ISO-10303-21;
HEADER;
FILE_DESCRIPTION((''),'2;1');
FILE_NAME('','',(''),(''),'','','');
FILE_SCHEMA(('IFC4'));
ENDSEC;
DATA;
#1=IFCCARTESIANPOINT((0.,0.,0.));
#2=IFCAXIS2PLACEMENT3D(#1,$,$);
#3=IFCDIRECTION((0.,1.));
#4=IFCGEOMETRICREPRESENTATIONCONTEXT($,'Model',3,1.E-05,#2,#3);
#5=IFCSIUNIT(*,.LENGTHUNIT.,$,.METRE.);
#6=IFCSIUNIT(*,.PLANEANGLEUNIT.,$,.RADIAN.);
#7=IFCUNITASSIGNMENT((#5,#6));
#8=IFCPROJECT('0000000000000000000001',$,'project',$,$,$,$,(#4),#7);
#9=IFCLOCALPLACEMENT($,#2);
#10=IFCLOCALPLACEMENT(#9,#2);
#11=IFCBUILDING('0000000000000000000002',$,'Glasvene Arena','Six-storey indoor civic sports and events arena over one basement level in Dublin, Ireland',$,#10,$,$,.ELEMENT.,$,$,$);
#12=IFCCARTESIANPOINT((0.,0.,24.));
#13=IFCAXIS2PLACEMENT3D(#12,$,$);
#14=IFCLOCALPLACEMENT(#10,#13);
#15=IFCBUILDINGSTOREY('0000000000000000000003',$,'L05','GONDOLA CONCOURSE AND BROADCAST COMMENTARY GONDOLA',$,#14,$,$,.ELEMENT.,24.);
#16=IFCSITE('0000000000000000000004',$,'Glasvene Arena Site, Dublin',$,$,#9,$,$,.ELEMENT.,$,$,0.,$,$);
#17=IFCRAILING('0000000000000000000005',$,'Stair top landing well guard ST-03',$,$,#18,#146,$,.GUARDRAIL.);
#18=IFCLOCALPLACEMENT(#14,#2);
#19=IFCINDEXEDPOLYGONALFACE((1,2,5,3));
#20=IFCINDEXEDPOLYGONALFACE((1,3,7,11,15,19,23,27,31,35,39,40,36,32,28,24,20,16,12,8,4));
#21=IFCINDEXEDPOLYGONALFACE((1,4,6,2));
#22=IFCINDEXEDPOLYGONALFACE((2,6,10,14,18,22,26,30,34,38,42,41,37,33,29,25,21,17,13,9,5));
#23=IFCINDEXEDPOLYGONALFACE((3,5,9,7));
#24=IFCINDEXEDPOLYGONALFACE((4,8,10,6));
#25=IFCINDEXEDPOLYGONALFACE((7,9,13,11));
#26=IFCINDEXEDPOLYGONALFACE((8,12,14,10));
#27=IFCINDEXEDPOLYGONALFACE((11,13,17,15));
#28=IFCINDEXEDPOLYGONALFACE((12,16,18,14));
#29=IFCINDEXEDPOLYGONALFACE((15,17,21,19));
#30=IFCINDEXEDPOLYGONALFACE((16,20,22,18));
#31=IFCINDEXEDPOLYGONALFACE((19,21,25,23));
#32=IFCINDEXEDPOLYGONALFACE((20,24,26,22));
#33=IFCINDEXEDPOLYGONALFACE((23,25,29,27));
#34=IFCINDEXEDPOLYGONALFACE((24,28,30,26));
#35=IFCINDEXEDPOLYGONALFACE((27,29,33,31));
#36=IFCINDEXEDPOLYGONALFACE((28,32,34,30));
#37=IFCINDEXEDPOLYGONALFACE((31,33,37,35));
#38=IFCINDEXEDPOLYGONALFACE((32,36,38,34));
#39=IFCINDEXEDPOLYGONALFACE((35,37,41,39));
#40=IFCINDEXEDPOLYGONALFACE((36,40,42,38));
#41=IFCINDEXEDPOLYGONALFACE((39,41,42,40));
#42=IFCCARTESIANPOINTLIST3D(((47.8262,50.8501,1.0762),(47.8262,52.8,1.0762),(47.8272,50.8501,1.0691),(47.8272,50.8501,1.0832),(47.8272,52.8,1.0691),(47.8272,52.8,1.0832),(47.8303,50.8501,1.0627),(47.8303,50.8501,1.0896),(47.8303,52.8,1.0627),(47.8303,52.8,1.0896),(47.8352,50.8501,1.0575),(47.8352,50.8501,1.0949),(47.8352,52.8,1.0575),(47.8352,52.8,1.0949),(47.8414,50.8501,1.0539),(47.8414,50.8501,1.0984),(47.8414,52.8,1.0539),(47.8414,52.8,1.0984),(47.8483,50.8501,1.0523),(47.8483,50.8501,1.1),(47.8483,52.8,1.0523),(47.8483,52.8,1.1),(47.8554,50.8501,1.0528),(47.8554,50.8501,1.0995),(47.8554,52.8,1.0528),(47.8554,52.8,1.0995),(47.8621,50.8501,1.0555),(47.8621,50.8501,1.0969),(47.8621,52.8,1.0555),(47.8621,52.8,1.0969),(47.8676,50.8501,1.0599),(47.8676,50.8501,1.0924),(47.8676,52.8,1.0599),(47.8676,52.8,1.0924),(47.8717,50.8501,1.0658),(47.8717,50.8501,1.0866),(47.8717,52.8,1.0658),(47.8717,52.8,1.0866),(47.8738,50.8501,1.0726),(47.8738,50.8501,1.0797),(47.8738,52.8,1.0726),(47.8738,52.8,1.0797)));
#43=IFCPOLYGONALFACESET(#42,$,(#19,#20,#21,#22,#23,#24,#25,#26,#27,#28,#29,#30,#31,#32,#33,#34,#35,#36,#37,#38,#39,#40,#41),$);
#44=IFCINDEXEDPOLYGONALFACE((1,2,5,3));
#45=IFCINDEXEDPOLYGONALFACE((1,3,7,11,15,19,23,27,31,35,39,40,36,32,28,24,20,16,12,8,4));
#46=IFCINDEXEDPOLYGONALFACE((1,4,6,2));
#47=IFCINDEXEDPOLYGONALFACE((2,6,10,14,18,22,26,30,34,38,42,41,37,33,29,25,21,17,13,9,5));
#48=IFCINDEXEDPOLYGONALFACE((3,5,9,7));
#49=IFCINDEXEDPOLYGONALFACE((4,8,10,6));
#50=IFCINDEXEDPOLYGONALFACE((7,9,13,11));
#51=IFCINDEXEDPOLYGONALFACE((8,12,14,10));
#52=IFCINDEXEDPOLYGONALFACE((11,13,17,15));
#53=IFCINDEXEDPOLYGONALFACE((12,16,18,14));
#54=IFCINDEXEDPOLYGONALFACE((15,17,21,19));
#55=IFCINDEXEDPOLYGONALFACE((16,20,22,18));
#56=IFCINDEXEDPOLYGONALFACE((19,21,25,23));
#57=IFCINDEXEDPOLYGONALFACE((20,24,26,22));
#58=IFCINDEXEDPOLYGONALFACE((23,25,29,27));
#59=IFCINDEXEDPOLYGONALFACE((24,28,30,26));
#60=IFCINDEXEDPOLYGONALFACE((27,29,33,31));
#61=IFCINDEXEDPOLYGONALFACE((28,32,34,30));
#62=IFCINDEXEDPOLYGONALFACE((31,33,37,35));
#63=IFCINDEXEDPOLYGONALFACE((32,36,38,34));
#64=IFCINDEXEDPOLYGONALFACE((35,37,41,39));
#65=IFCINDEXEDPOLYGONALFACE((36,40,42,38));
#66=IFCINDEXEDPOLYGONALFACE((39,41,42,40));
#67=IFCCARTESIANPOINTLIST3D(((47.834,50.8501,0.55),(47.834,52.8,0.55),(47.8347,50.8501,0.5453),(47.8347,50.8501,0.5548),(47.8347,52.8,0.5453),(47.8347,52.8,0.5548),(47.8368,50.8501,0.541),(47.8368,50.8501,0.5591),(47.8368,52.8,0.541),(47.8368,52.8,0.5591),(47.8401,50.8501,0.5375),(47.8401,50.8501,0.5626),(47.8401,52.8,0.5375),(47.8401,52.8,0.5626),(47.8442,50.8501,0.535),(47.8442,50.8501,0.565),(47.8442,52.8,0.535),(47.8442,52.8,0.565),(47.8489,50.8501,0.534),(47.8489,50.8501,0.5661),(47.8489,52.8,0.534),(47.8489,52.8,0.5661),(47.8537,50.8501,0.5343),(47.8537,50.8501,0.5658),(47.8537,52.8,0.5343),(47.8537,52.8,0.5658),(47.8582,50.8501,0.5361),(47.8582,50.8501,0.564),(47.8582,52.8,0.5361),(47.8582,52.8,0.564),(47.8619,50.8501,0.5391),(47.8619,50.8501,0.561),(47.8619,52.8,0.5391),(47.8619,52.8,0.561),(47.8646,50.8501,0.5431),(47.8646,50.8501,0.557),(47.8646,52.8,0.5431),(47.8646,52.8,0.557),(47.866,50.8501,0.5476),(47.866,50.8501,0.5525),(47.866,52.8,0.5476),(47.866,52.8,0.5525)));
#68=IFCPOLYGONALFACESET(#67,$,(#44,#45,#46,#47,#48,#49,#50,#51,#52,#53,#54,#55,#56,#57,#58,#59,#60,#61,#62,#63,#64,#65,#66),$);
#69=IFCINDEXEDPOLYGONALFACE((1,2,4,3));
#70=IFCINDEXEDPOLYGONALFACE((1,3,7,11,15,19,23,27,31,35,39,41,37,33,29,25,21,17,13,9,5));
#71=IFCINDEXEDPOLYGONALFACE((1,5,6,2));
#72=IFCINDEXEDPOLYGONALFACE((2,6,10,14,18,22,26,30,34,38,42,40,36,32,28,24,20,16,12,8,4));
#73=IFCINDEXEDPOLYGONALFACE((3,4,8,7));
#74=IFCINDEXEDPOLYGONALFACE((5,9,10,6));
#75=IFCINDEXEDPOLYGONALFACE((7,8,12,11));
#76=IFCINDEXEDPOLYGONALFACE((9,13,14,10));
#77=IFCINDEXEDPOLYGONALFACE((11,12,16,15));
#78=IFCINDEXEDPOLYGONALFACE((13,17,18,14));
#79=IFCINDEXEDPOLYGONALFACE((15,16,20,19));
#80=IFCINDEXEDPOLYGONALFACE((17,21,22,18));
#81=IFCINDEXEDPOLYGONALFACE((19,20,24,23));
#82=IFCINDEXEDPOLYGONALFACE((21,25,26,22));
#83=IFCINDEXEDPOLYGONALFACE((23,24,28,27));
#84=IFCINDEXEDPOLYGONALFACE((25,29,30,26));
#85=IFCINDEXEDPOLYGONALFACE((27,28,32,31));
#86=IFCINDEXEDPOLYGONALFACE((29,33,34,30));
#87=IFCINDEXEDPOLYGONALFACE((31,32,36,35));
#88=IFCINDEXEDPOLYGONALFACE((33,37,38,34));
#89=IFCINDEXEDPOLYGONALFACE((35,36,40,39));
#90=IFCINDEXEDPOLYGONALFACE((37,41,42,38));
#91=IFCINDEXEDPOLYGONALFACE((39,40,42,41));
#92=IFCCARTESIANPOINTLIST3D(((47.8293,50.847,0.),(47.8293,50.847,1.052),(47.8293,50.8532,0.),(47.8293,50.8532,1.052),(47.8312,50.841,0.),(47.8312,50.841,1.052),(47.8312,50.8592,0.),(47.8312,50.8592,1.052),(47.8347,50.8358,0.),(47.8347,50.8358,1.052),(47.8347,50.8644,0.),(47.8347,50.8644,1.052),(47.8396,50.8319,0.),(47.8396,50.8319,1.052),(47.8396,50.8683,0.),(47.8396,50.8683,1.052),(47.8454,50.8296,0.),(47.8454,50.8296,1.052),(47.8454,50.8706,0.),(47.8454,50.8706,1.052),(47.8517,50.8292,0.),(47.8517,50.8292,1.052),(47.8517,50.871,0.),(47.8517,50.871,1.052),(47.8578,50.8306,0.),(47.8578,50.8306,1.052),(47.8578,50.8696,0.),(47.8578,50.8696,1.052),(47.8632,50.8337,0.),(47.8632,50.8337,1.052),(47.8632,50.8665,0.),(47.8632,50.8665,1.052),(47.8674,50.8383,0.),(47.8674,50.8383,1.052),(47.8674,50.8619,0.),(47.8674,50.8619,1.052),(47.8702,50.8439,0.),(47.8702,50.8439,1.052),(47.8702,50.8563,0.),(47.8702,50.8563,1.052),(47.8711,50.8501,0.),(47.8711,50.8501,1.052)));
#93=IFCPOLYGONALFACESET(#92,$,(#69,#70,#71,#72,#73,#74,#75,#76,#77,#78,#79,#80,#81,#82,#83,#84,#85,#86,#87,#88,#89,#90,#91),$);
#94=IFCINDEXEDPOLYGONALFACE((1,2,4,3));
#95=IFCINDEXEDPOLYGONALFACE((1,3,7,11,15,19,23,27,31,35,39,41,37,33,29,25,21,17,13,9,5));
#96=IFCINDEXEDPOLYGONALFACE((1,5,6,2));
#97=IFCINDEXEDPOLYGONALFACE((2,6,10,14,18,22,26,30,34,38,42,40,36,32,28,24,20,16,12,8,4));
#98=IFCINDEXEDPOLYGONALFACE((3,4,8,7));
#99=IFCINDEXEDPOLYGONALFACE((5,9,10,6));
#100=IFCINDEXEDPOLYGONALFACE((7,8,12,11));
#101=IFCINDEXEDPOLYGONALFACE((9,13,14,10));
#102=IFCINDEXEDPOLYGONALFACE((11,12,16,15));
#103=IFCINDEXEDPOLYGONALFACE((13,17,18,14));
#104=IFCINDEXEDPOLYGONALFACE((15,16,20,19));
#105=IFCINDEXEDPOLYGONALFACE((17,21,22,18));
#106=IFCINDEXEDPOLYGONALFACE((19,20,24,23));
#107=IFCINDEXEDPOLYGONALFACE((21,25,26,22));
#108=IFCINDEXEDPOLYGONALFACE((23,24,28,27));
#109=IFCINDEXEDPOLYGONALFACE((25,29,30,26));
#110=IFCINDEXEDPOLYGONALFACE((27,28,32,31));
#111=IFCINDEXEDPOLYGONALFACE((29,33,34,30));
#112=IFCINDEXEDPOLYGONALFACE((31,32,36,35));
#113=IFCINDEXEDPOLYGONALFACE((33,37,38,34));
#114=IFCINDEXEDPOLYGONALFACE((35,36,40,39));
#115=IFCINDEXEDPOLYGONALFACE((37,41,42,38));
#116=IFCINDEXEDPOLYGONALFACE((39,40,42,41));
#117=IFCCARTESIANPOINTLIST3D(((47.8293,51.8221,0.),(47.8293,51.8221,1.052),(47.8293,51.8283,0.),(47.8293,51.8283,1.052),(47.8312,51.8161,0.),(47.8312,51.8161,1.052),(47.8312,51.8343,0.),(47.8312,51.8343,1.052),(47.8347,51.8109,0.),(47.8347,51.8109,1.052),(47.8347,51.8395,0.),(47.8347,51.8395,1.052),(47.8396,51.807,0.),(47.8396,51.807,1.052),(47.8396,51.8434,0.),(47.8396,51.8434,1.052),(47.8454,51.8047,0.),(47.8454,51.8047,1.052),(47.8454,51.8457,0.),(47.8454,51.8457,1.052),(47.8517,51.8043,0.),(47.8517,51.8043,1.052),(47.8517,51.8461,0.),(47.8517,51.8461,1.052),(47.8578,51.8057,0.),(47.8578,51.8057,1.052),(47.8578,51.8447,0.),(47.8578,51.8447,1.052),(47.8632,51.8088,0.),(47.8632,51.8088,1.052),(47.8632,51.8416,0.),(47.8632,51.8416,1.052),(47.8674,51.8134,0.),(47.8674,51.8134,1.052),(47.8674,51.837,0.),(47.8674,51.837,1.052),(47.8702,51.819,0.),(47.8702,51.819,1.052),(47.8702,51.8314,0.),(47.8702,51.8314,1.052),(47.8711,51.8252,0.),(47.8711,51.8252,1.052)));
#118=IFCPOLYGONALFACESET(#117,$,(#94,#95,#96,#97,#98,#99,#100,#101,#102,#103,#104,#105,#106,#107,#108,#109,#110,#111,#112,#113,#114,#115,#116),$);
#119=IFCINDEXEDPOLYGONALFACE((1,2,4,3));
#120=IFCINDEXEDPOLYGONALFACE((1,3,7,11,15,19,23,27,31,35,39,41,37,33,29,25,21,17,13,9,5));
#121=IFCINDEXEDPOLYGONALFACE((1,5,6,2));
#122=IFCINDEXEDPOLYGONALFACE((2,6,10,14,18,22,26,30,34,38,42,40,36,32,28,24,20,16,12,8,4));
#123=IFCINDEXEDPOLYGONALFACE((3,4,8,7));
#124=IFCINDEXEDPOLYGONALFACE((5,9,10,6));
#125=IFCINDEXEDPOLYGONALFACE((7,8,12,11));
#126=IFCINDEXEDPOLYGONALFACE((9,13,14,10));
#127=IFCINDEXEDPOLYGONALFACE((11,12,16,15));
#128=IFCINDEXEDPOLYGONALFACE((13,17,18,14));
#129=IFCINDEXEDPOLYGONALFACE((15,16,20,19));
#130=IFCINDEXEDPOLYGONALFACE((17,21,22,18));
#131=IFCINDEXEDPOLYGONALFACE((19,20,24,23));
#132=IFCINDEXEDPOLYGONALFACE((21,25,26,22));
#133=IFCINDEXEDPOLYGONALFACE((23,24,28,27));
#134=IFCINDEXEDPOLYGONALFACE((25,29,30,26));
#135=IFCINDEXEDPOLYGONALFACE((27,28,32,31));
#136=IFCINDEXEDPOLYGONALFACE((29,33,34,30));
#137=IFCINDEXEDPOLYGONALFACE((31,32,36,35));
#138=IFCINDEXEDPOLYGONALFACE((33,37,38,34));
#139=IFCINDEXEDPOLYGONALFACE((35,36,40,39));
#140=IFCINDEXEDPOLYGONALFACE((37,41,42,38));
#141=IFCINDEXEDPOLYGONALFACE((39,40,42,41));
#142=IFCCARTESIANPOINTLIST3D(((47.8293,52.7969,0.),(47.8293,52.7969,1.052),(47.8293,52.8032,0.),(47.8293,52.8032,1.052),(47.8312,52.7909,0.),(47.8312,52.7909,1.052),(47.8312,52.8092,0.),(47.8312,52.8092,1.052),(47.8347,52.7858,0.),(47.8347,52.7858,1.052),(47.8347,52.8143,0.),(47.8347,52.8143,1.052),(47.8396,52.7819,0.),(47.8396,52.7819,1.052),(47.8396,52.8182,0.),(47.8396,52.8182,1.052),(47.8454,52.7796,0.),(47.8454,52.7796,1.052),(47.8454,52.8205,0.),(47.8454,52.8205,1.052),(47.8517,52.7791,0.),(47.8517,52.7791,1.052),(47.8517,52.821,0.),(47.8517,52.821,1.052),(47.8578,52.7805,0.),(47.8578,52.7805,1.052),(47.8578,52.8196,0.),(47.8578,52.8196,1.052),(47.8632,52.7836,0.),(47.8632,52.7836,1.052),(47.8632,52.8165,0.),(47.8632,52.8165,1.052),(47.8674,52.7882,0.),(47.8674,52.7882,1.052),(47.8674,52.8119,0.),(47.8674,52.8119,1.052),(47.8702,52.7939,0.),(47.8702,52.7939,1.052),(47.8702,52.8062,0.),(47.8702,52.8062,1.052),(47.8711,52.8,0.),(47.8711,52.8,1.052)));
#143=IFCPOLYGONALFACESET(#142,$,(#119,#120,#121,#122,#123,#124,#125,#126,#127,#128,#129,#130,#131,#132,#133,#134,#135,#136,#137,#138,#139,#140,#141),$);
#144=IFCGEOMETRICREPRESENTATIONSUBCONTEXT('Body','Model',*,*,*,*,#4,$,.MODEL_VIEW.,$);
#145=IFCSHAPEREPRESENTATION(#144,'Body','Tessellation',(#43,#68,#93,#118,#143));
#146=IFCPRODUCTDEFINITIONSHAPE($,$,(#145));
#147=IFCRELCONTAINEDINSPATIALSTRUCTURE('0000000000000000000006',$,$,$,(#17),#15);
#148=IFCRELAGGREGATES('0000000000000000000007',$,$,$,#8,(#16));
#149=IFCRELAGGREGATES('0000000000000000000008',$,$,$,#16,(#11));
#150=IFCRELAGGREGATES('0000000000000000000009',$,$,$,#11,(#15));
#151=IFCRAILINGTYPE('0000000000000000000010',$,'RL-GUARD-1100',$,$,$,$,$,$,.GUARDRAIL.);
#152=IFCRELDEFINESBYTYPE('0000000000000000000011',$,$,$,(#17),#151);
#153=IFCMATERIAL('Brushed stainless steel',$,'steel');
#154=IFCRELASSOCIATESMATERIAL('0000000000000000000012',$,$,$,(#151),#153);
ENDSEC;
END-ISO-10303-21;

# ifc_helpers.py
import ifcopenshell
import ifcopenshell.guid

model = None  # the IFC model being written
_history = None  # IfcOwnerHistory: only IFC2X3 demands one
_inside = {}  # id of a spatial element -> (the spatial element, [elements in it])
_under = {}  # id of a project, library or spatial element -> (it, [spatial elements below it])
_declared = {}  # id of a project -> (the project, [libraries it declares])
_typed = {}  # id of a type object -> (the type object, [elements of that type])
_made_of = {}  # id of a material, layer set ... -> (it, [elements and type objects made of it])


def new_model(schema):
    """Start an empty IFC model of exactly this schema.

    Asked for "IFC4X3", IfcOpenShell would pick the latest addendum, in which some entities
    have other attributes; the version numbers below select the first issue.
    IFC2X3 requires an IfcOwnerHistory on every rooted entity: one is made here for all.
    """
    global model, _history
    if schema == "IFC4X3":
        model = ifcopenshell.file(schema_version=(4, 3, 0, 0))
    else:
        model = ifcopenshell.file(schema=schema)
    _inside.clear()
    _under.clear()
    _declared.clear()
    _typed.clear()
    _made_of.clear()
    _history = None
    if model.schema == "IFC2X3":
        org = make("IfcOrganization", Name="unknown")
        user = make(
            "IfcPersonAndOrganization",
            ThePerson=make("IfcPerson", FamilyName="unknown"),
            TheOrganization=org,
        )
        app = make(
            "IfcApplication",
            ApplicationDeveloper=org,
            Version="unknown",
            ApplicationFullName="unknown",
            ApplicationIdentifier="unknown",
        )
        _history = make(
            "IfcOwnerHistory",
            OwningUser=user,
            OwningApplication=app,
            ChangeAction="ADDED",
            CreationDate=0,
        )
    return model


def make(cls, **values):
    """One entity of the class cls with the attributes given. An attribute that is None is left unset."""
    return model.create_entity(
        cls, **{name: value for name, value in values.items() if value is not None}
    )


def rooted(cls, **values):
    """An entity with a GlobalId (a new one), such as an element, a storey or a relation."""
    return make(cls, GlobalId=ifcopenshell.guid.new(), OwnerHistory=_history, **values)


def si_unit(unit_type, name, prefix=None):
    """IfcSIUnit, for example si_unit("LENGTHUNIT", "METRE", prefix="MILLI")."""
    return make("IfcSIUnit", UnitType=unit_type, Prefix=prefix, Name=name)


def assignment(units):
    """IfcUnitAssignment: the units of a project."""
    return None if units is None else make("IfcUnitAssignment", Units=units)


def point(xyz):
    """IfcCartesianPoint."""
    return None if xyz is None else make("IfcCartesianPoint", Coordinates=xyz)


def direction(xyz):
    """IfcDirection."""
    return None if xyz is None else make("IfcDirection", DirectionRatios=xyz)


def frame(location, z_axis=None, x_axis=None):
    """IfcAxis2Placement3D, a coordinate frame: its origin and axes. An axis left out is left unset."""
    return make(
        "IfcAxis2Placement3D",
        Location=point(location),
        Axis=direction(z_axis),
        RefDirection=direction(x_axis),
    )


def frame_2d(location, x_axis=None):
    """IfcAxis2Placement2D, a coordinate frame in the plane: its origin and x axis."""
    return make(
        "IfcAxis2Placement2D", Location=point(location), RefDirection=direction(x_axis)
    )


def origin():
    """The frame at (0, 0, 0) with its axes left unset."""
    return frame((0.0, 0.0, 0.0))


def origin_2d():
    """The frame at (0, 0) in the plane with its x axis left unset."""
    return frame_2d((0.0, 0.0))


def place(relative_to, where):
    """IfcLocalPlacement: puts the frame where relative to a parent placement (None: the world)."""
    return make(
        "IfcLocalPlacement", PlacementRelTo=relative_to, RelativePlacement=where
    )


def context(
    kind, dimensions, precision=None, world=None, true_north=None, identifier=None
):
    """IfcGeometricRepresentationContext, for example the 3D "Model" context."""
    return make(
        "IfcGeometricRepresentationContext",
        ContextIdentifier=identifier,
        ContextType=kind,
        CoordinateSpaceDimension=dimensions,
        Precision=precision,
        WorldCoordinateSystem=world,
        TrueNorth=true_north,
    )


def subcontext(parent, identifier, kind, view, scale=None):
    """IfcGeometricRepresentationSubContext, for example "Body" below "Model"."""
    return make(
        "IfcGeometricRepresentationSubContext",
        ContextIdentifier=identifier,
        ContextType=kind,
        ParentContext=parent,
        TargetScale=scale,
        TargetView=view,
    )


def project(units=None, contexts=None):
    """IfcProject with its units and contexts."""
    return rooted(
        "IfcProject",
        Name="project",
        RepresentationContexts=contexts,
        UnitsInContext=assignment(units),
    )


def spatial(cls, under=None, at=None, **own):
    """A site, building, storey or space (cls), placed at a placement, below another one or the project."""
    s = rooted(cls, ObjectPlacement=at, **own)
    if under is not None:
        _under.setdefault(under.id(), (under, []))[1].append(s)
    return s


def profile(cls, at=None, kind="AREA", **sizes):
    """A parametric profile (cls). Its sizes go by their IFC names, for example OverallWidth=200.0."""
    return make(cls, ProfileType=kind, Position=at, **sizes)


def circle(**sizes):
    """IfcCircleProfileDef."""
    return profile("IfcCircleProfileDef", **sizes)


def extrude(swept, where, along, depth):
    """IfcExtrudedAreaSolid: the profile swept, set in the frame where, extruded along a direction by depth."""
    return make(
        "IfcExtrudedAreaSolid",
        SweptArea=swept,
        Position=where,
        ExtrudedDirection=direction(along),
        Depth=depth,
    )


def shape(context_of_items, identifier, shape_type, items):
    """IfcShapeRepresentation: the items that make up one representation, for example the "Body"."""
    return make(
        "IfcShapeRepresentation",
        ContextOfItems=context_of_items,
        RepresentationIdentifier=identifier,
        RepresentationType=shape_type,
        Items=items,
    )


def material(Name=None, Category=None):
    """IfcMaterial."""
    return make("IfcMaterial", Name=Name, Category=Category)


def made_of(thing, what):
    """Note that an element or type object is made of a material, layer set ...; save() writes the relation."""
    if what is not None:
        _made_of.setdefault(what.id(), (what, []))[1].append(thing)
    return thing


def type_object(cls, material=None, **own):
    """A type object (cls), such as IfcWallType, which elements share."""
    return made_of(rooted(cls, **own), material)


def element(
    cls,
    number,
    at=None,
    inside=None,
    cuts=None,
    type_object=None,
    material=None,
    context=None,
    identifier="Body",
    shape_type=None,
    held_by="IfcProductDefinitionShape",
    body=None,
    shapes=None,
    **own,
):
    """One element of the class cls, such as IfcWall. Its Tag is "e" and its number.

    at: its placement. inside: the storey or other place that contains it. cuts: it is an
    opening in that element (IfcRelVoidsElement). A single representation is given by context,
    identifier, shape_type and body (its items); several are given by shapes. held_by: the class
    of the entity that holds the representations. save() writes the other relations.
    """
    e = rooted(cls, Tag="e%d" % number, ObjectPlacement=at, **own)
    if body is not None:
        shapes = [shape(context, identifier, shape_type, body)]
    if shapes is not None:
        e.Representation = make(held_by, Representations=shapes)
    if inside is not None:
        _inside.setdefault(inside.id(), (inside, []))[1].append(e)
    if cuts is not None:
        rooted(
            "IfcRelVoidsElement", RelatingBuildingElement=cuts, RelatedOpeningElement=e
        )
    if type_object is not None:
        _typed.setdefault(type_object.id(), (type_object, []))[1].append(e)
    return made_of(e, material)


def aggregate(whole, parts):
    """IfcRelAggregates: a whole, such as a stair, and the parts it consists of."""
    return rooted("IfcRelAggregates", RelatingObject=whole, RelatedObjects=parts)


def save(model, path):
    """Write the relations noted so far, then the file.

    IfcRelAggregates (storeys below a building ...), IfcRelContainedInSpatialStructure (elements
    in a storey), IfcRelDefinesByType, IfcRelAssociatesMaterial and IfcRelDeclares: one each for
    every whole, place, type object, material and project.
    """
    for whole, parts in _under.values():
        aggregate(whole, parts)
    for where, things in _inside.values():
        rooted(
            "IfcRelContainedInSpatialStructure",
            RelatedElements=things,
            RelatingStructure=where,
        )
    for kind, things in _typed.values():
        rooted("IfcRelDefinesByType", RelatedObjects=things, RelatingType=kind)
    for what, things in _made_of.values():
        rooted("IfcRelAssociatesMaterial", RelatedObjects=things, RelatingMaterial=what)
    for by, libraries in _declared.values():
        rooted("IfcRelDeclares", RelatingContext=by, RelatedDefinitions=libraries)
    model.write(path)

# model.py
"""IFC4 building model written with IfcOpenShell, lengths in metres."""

from ifc_helpers import new_model, si_unit, direction, frame, origin, origin_2d, place, context, subcontext, project, spatial, circle, extrude, material, type_object, element, save


model = new_model("IFC4")

# Units and contexts
model_context = context("Model", 3, precision=1e-05, world=origin(), true_north=direction((0.0, 1.0)))
body_context = subcontext(model_context, "Body", "Model", "MODEL_VIEW")
ifc_project = project(units=[si_unit("LENGTHUNIT", "METRE"), si_unit("PLANEANGLEUNIT", "RADIAN")], contexts=[model_context])

# Site, building, storey
site_placement = place(None, origin())
site = spatial("IfcSite", under=ifc_project, at=site_placement, Name="Glasvene Arena Site, Dublin", CompositionType="ELEMENT", RefElevation=0.0)
building_placement = place(site_placement, origin())
building = spatial("IfcBuilding", under=site, at=building_placement, Name="Glasvene Arena", Description="Six-storey indoor civic sports and events arena over one basement level in Dublin, Ireland", CompositionType="ELEMENT")
storey_placement = place(building_placement, frame((0.0, 0.0, 24.0)))
storey = spatial("IfcBuildingStorey", under=building, at=storey_placement, Name="L05", Description="GONDOLA CONCOURSE AND BROADCAST COMMENTARY GONDOLA", CompositionType="ELEMENT", Elevation=24.0)

# Shared definitions
ifc_material_1 = material(Name="Brushed stainless steel", Category="steel")

# Railing
railing_type = type_object("IfcRailingType", Name="RL-GUARD-1100", PredefinedType="GUARDRAIL", material=ifc_material_1)
railing_placement = place(storey_placement, frame((47.8501, 50.8501, 0.0)))
element("IfcRailing", 1, at=railing_placement, inside=storey, type_object=railing_type, Name="Stair top landing well guard ST-03", PredefinedType="GUARDRAIL", context=body_context, shape_type="SweptSolid", body=[
    extrude(circle(Radius=0.0239, at=origin_2d()), frame((0.0, 0.0, 1.0762), z_axis=(0.0, 1.0, 0.0), x_axis=(-1.0, 0.0, 0.0)), (0.0, 0.0, 1.0), 1.95),
    extrude(circle(Radius=0.0161, at=origin_2d()), frame((0.0, 0.0, 0.55), z_axis=(0.0, 1.0, 0.0), x_axis=(-1.0, 0.0, 0.0)), (0.0, 0.0, 1.0), 1.95),
    extrude(circle(Radius=0.021, at=origin_2d()), origin(), (0.0, 0.0, 1.0), 1.052),
    extrude(circle(Radius=0.021, at=origin_2d()), frame((0.0, 0.9751, 0.0)), (0.0, 0.0, 1.0), 1.052),
    extrude(circle(Radius=0.021, at=origin_2d()), frame((0.0, 1.95, 0.0)), (0.0, 0.0, 1.0), 1.052),
])

save(model, "model.ifc")
